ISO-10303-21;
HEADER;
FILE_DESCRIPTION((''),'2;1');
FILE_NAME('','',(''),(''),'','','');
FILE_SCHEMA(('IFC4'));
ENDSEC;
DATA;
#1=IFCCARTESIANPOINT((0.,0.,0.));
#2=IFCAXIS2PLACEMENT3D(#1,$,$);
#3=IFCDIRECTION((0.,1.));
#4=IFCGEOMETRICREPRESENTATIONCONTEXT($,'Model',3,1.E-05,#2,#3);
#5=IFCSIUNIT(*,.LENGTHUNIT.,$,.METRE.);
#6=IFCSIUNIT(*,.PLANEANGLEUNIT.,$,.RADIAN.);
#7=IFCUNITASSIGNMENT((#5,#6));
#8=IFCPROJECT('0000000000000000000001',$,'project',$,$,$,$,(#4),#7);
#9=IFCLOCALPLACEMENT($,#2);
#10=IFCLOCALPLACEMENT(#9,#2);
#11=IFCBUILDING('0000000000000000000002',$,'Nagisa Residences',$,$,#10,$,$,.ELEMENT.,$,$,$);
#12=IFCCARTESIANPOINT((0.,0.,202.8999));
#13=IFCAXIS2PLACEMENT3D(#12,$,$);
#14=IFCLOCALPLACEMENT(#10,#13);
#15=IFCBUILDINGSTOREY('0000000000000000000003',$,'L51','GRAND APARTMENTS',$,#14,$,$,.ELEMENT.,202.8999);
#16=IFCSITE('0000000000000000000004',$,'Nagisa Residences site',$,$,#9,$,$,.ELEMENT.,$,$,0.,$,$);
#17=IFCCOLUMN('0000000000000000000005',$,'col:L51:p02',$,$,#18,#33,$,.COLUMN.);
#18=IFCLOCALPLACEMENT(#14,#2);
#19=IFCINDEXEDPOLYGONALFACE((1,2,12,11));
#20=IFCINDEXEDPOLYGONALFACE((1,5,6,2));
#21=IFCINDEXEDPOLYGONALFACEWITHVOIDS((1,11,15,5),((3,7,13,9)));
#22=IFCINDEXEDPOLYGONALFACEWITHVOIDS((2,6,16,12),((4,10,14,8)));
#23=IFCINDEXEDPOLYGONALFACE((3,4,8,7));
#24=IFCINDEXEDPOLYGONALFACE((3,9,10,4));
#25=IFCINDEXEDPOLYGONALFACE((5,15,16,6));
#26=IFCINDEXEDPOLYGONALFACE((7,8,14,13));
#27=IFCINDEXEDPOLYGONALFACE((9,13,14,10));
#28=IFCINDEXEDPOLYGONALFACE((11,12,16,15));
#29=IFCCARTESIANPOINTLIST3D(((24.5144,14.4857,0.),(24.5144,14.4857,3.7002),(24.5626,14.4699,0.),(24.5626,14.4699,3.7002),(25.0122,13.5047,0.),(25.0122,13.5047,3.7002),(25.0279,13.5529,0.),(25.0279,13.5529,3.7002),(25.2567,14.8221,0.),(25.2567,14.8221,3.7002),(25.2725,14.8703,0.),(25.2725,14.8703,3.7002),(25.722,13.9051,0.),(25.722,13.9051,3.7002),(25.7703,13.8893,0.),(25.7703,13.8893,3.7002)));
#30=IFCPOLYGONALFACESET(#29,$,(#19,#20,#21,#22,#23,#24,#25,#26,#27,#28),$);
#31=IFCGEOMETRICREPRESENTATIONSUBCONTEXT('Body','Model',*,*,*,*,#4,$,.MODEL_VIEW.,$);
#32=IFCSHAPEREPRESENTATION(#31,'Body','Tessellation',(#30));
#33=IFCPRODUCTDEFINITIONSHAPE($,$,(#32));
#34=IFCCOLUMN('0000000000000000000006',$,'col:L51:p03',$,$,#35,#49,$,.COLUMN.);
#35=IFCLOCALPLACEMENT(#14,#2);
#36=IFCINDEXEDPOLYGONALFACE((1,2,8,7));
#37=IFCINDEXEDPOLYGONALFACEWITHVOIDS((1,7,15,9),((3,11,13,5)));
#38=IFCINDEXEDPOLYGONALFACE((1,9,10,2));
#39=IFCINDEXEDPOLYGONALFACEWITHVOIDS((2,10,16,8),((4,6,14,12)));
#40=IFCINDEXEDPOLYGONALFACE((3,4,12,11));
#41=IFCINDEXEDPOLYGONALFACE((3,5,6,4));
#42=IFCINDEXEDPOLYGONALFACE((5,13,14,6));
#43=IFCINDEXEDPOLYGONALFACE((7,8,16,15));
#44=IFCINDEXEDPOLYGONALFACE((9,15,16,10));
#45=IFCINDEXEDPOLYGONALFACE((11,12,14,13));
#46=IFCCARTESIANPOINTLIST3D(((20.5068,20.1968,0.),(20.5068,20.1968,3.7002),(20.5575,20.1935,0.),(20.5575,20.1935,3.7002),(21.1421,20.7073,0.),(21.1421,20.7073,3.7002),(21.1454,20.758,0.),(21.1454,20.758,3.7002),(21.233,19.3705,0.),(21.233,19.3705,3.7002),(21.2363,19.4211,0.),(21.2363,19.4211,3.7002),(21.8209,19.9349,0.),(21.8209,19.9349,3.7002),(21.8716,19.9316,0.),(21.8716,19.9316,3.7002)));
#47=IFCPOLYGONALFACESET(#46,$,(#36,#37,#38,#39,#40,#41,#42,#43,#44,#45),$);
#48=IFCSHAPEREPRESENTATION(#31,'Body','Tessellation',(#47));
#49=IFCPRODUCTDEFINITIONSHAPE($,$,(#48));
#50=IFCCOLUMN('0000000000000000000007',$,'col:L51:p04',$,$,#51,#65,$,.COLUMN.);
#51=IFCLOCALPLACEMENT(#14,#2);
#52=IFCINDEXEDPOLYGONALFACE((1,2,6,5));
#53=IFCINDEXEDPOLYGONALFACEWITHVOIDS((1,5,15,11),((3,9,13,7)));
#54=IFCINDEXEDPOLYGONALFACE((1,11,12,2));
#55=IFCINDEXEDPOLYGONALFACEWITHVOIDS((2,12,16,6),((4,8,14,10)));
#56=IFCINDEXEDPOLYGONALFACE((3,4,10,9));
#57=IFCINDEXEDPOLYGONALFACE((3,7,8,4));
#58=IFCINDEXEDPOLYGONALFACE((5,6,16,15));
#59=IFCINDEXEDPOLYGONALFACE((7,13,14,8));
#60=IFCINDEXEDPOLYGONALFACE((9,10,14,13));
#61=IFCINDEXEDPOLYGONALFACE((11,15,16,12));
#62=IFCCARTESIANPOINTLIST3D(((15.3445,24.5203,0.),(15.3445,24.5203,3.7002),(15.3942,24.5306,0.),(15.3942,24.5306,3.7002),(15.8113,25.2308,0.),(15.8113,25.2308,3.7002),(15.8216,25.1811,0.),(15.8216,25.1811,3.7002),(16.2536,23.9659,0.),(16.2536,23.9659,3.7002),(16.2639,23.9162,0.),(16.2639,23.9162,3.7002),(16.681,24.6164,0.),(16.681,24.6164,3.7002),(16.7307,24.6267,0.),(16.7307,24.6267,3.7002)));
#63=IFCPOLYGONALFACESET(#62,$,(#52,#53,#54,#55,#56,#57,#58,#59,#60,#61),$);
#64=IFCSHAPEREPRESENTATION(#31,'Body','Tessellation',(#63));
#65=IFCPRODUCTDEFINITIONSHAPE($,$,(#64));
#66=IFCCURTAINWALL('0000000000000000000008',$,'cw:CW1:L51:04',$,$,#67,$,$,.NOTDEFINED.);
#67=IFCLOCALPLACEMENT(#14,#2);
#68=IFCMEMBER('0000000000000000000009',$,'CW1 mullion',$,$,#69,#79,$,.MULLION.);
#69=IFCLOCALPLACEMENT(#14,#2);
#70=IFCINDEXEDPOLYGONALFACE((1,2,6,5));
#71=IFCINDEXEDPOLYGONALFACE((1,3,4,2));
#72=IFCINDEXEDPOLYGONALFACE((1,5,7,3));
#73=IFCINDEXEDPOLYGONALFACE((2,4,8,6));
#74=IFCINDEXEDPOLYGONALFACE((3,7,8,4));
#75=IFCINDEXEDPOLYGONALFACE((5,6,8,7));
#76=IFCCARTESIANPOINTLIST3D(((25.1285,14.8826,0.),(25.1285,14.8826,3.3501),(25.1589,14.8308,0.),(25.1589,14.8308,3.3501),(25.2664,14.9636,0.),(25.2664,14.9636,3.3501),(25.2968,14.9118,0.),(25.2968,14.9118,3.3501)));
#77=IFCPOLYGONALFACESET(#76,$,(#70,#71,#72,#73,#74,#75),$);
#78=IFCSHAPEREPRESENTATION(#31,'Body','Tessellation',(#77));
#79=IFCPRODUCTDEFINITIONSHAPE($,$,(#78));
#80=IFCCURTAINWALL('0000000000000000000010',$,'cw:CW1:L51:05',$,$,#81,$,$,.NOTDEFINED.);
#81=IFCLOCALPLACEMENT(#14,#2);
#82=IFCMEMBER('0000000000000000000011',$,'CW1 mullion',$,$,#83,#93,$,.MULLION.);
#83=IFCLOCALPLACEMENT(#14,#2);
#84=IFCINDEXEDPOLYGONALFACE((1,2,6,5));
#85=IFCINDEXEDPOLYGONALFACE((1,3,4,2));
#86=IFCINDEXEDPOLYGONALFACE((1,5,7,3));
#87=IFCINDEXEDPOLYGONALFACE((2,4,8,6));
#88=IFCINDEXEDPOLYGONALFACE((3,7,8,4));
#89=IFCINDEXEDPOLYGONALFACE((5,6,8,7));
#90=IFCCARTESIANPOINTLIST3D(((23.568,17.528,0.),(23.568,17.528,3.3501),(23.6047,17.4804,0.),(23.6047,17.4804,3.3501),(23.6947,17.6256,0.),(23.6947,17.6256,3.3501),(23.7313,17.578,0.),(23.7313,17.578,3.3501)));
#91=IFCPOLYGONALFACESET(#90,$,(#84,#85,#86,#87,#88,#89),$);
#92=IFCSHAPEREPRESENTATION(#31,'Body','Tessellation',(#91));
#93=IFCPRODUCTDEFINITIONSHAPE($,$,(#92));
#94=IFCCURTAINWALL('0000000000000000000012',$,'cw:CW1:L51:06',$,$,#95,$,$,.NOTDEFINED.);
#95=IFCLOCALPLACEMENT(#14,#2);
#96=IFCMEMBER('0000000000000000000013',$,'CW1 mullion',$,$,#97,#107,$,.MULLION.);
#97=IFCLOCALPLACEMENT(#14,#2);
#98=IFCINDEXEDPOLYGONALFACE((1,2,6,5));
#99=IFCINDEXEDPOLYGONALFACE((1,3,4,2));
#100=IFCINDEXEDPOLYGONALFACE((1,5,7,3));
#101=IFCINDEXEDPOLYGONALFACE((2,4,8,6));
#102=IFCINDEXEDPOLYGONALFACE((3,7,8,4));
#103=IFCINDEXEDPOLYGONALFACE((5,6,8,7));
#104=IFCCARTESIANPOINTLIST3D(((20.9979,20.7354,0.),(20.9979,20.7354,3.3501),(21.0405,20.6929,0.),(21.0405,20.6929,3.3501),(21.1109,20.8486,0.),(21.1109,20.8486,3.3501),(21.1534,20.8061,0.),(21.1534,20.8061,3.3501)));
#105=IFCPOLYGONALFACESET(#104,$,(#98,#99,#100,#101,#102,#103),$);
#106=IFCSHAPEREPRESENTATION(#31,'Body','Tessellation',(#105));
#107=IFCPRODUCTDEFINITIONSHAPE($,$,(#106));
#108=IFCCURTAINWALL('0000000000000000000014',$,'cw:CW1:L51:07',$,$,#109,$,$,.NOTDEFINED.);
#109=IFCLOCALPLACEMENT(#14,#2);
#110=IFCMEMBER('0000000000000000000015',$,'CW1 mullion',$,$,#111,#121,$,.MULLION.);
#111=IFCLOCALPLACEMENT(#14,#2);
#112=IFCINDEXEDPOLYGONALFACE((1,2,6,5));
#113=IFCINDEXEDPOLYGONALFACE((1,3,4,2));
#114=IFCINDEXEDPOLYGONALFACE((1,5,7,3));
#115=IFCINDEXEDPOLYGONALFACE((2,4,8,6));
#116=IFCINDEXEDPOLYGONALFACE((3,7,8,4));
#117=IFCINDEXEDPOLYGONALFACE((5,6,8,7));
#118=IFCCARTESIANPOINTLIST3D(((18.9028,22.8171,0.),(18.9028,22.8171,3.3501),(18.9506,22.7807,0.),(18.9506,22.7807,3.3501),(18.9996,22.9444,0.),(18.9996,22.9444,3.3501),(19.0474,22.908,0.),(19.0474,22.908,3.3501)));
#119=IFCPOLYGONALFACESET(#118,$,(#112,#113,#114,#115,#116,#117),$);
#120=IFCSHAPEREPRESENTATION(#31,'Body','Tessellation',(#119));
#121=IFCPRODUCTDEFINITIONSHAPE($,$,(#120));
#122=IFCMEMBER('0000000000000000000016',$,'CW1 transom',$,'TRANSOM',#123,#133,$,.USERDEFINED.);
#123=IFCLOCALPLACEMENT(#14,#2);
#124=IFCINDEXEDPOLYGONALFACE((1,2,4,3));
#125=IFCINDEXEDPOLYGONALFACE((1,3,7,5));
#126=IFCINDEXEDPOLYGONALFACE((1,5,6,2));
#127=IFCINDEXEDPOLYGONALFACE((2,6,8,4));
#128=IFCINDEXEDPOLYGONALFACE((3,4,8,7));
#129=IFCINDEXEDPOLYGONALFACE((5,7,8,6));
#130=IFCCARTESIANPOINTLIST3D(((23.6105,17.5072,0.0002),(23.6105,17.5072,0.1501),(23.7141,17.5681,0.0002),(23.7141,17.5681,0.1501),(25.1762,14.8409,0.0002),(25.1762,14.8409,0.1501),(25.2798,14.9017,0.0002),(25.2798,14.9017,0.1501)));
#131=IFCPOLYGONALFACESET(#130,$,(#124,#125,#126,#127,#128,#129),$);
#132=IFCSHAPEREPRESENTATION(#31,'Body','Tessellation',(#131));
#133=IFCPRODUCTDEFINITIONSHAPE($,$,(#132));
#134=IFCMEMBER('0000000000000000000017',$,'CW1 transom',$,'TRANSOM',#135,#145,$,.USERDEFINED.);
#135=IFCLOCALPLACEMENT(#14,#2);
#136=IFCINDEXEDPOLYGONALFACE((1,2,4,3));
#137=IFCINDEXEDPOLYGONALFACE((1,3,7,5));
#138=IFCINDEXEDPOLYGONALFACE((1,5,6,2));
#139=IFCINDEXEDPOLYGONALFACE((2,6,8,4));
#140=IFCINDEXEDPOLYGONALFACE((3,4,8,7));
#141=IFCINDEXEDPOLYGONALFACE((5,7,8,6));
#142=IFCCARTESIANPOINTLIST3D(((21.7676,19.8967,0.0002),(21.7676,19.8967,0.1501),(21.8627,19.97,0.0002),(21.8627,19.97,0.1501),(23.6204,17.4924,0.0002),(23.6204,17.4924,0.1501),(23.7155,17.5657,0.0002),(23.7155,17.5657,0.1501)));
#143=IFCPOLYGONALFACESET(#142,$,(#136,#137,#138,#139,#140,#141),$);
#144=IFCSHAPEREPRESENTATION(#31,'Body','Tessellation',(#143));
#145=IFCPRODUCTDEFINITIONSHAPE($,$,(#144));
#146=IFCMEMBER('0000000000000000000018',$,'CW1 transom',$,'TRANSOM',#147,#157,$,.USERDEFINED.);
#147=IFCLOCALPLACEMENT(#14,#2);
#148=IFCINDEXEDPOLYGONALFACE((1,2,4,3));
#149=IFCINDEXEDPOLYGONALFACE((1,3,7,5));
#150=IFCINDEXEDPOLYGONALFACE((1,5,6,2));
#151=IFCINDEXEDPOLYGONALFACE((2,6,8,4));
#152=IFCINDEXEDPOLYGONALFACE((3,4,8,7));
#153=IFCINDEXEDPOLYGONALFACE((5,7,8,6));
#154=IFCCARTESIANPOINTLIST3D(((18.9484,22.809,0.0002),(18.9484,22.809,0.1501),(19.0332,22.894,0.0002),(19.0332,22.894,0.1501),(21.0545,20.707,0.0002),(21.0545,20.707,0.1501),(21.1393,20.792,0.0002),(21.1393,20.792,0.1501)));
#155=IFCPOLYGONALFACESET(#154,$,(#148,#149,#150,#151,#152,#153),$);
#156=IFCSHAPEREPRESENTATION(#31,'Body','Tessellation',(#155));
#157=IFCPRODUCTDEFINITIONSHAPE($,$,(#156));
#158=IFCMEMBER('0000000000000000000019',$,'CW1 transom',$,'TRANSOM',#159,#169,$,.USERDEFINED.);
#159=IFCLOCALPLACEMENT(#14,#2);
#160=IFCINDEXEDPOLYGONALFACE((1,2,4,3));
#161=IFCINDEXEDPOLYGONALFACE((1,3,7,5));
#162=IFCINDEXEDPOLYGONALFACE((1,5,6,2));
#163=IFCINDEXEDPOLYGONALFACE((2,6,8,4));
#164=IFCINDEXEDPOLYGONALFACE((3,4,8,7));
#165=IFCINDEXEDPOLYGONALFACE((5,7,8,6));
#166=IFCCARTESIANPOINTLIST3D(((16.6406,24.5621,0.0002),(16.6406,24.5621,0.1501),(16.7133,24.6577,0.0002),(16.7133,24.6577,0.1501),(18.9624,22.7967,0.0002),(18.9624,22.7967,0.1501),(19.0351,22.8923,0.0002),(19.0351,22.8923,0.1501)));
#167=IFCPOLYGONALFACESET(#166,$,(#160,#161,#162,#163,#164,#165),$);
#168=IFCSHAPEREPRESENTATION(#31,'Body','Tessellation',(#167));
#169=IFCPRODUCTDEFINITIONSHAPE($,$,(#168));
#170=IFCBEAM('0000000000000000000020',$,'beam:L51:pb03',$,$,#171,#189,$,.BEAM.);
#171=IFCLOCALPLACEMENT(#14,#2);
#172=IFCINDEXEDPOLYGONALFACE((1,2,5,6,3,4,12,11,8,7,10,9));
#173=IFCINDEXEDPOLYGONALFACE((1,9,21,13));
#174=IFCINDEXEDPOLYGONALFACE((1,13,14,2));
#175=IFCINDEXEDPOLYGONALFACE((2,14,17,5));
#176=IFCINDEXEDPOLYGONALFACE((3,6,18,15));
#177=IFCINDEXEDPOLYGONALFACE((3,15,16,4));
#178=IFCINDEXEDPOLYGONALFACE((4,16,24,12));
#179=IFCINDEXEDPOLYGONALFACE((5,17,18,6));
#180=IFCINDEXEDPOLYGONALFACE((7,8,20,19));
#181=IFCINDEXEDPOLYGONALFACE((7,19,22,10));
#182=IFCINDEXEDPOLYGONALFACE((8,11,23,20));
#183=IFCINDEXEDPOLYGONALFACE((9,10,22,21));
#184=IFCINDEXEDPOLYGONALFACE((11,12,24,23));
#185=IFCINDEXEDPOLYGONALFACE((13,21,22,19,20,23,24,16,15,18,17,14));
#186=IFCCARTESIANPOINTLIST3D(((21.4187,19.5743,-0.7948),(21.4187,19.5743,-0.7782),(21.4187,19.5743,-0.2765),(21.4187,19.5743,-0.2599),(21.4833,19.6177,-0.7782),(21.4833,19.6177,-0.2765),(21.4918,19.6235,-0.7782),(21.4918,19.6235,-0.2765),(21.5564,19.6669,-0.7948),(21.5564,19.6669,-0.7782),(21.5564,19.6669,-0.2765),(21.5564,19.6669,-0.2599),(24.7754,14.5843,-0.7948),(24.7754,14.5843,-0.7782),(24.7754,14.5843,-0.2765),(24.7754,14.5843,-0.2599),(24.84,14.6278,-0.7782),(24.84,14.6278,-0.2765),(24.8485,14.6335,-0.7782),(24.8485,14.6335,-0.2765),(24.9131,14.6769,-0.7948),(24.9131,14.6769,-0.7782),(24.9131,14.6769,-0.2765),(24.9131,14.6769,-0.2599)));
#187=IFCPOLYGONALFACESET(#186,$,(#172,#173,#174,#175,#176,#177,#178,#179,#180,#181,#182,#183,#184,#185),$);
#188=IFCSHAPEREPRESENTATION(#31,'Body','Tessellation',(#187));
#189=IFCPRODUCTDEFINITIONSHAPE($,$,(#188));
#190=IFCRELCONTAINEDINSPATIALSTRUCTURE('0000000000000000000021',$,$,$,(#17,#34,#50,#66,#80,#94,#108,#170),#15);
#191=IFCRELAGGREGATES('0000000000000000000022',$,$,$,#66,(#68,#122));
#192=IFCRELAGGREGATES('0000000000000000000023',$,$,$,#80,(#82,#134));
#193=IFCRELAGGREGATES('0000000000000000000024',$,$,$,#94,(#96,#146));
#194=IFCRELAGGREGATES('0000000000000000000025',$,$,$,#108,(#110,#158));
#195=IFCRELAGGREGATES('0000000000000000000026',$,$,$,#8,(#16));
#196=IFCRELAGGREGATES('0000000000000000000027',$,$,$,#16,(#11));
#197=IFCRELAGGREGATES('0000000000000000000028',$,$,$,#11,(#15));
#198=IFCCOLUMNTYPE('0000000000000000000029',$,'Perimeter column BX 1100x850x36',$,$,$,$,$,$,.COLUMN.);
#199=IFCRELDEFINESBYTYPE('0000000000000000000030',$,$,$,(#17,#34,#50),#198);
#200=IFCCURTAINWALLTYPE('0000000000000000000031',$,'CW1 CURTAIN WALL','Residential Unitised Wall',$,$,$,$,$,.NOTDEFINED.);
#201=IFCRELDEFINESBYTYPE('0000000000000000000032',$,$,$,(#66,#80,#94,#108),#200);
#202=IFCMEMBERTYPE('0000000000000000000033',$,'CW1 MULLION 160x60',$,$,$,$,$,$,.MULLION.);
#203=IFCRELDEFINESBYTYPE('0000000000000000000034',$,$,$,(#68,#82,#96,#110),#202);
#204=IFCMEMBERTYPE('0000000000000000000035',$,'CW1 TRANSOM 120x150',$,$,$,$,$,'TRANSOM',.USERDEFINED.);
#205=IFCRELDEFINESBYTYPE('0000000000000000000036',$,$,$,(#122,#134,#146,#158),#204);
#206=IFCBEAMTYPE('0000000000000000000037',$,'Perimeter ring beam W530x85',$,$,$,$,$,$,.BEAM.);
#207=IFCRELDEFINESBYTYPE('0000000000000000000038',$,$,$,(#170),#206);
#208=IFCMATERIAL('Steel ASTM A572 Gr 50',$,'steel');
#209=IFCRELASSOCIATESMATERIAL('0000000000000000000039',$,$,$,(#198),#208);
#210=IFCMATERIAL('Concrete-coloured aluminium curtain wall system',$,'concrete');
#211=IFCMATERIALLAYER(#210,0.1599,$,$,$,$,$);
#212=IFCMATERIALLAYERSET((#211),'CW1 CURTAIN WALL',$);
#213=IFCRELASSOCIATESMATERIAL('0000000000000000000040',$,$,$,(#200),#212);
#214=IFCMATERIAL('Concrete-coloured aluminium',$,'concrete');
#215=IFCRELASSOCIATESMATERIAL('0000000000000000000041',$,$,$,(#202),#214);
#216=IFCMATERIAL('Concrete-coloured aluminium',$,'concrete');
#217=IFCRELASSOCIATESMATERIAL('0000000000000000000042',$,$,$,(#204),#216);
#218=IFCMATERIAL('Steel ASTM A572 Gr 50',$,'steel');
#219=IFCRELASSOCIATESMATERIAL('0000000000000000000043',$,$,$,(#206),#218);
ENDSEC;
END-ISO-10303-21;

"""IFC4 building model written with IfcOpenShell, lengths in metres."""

from ifc_helpers import new_model, si_unit, direction, frame, origin, origin_2d, place, context, subcontext, project, spatial, rectangle, hollow_rectangle, i_section, extrude, material, layer, layer_set, material_profile, profile_set, type_object, element, aggregate, save


model = new_model("IFC4")

# Units and contexts
model_context = context("Model", 3, precision=1e-05, world=origin(), true_north=direction((0.0, 1.0)))
body_context = subcontext(model_context, "Body", "Model", "MODEL_VIEW")
ifc_project = project(units=[si_unit("LENGTHUNIT", "METRE"), si_unit("PLANEANGLEUNIT", "RADIAN")], contexts=[model_context])

# Site, building, storey
site_placement = place(None, origin())
site = spatial("IfcSite", under=ifc_project, at=site_placement, Name="Nagisa Residences site", CompositionType="ELEMENT", RefElevation=0.0)
building_placement = place(site_placement, origin())
building = spatial("IfcBuilding", under=site, at=building_placement, Name="Nagisa Residences", CompositionType="ELEMENT")
storey_placement = place(building_placement, frame((0.0, 0.0, 202.8999)))
storey = spatial("IfcBuildingStorey", under=building, at=storey_placement, Name="L51", Description="GRAND APARTMENTS", CompositionType="ELEMENT", Elevation=202.8999)

# Columns
ifc_material_1 = material(Name="Steel ASTM A572 Gr 50", Category="steel")
ifc_material_profile_1 = material_profile(ifc_material_1, hollow_rectangle(XDim=1.1001, YDim=0.8501, WallThickness=0.0359, at=origin_2d()), Name="BX 1100x850x36")
ifc_profile_set_1 = profile_set([ifc_material_profile_1], Name="Steel ASTM A572 Gr 50")
column_type = type_object("IfcColumnType", Name="Perimeter column BX 1100x850x36", PredefinedType="COLUMN", material=ifc_profile_set_1)
for number, where, z_axis, x_axis, name in (
    (1, (25.1423, 14.1875, 0.0), (0.0, 0.0, 1.0), (-0.452463, 0.891783, 0.0), "col:L51:p02"),
    (2, (21.1892, 20.0642, 0.0), (0.0, 0.0, 1.0), (-0.660115, 0.751165, 0.0), "col:L51:p03"),
    (3, (16.0376, 24.5735, 0.0), (0.0, 0.0, 1.0), (-0.835766, 0.549086, 0.0), "col:L51:p04"),
):
    element("IfcColumn", number, at=place(storey_placement, frame(where, z_axis=z_axis, x_axis=x_axis)), inside=storey, type_object=column_type, Name=name, PredefinedType="COLUMN", context=body_context, shape_type="SweptSolid", body=[
        extrude(hollow_rectangle(XDim=1.1001, YDim=0.8501, WallThickness=0.0359, at=origin_2d()), origin(), (0.0, 0.0, 1.0), 3.7002),
    ])

# Curtain walls, members
ifc_material_2 = material(Name="Concrete-coloured aluminium curtain wall system", Category="concrete")
ifc_layer_1 = layer(ifc_material_2, 0.1599)
ifc_layer_set_1 = layer_set([ifc_layer_1], Name="CW1 CURTAIN WALL")
curtain_wall_type = type_object("IfcCurtainWallType", Name="CW1 CURTAIN WALL", Description="Residential Unitised Wall", PredefinedType="NOTDEFINED", material=ifc_layer_set_1)
curtain_wall_1_placement = place(storey_placement, origin())
curtain_wall_1 = element("IfcCurtainWall", 4, at=curtain_wall_1_placement, inside=storey, type_object=curtain_wall_type, Name="cw:CW1:L51:04", PredefinedType="NOTDEFINED")
ifc_material_3 = material(Name="Concrete-coloured aluminium", Category="concrete")
ifc_material_profile_2 = material_profile(ifc_material_3, rectangle(XDim=0.1599, YDim=0.0601, at=origin_2d()), Name="CW1 MULLION 160x60")
ifc_profile_set_2 = profile_set([ifc_material_profile_2], Name="Concrete-coloured aluminium")
member_type_1 = type_object("IfcMemberType", Name="CW1 MULLION 160x60", PredefinedType="MULLION", material=ifc_profile_set_2)
member_1_placement = place(storey_placement, frame((25.2126, 14.8972, 0.0), z_axis=(0.0, 0.0, 1.0), x_axis=(-0.862329, -0.506349, 0.0)))
member_1 = element("IfcMember", 5, at=member_1_placement, type_object=member_type_1, Name="CW1 mullion", PredefinedType="MULLION", context=body_context, shape_type="SweptSolid", body=[
    extrude(rectangle(XDim=0.1599, YDim=0.0601, at=origin_2d()), origin(), (0.0, 0.0, 1.0), 3.3501),
])
curtain_wall_2_placement = place(storey_placement, origin())
curtain_wall_2 = element("IfcCurtainWall", 6, at=curtain_wall_2_placement, inside=storey, type_object=curtain_wall_type, Name="cw:CW1:L51:05", PredefinedType="NOTDEFINED")
member_2_placement = place(storey_placement, frame((23.6497, 17.553, 0.0), z_axis=(0.0, 0.0, 1.0), x_axis=(-0.79207, -0.61043, 0.0)))
member_2 = element("IfcMember", 7, at=member_2_placement, type_object=member_type_1, Name="CW1 mullion", PredefinedType="MULLION", context=body_context, shape_type="SweptSolid", body=[
    extrude(rectangle(XDim=0.1599, YDim=0.0601, at=origin_2d()), origin(), (0.0, 0.0, 1.0), 3.3501),
])
curtain_wall_3_placement = place(storey_placement, origin())
curtain_wall_3 = element("IfcCurtainWall", 8, at=curtain_wall_3_placement, inside=storey, type_object=curtain_wall_type, Name="cw:CW1:L51:06", PredefinedType="NOTDEFINED")
member_3_placement = place(storey_placement, frame((21.0757, 20.7708, 0.0), z_axis=(0.0, 0.0, 1.0), x_axis=(-0.706377, -0.707836, 0.0)))
member_3 = element("IfcMember", 9, at=member_3_placement, type_object=member_type_1, Name="CW1 mullion", PredefinedType="MULLION", context=body_context, shape_type="SweptSolid", body=[
    extrude(rectangle(XDim=0.1599, YDim=0.0601, at=origin_2d()), origin(), (0.0, 0.0, 1.0), 3.3501),
])
curtain_wall_4_placement = place(storey_placement, origin())
curtain_wall_4 = element("IfcCurtainWall", 10, at=curtain_wall_4_placement, inside=storey, type_object=curtain_wall_type, Name="cw:CW1:L51:07", PredefinedType="NOTDEFINED")
member_4_placement = place(storey_placement, frame((18.9751, 22.8625, 0.0), z_axis=(0.0, 0.0, 1.0), x_axis=(-0.605255, -0.796031, 0.0)))
member_4 = element("IfcMember", 11, at=member_4_placement, type_object=member_type_1, Name="CW1 mullion", PredefinedType="MULLION", context=body_context, shape_type="SweptSolid", body=[
    extrude(rectangle(XDim=0.1599, YDim=0.0601, at=origin_2d()), origin(), (0.0, 0.0, 1.0), 3.3501),
])

# Members
ifc_material_4 = material(Name="Concrete-coloured aluminium", Category="concrete")
ifc_material_profile_3 = material_profile(ifc_material_4, rectangle(XDim=0.1201, YDim=0.1499, at=origin_2d()), Name="CW1 TRANSOM 120x150")
ifc_profile_set_3 = profile_set([ifc_material_profile_3], Name="Concrete-coloured aluminium")
member_type_2 = type_object("IfcMemberType", Name="CW1 TRANSOM 120x150", ElementType="TRANSOM", PredefinedType="USERDEFINED", material=ifc_profile_set_3)
member_5_placement = place(storey_placement, frame((25.228, 14.8713, 0.0752), z_axis=(-0.506368, 0.862318, 0.0), x_axis=(-0.862318, -0.506368, 0.0)))
member_5 = element("IfcMember", 12, at=member_5_placement, type_object=member_type_2, Name="CW1 transom", ObjectType="TRANSOM", PredefinedType="USERDEFINED", context=body_context, shape_type="SweptSolid", body=[
    extrude(rectangle(XDim=0.1201, YDim=0.1499, at=origin_2d()), origin(), (0.0, 0.0, 1.0), 3.092),
])
member_6_placement = place(storey_placement, frame((23.668, 17.5291, 0.0752), z_axis=(-0.610399, 0.792094, 0.0), x_axis=(-0.792094, -0.610399, 0.0)))
member_6 = element("IfcMember", 13, at=member_6_placement, type_object=member_type_2, Name="CW1 transom", ObjectType="TRANSOM", PredefinedType="USERDEFINED", context=body_context, shape_type="SweptSolid", body=[
    extrude(rectangle(XDim=0.1201, YDim=0.1499, at=origin_2d()), origin(), (0.0, 0.0, 1.0), 3.0354),
])
member_7_placement = place(storey_placement, frame((21.0969, 20.7495, 0.0752), z_axis=(-0.707804, 0.706409, 0.0), x_axis=(-0.706409, -0.707804, 0.0)))
member_7 = element("IfcMember", 14, at=member_7_placement, type_object=member_type_2, Name="CW1 transom", ObjectType="TRANSOM", PredefinedType="USERDEFINED", context=body_context, shape_type="SweptSolid", body=[
    extrude(rectangle(XDim=0.1201, YDim=0.1499, at=origin_2d()), origin(), (0.0, 0.0, 1.0), 2.9756),
])
member_8_placement = place(storey_placement, frame((18.9988, 22.8445, 0.0752), z_axis=(-0.796025, 0.605264, 0.0), x_axis=(-0.605264, -0.796025, 0.0)))
member_8 = element("IfcMember", 15, at=member_8_placement, type_object=member_type_2, Name="CW1 transom", ObjectType="TRANSOM", PredefinedType="USERDEFINED", context=body_context, shape_type="SweptSolid", body=[
    extrude(rectangle(XDim=0.1201, YDim=0.1499, at=origin_2d()), origin(), (0.0, 0.0, 1.0), 2.9167),
])

# Beam
ifc_material_5 = material(Name="Steel ASTM A572 Gr 50", Category="steel")
ifc_material_profile_4 = material_profile(ifc_material_5, i_section(OverallWidth=0.166, OverallDepth=0.5349, WebThickness=0.0103, FlangeThickness=0.0166, at=origin_2d()), Name="W530x85")
ifc_profile_set_4 = profile_set([ifc_material_profile_4], Name="Steel ASTM A572 Gr 50")
beam_type_1 = type_object("IfcBeamType", Name="Perimeter ring beam W530x85", PredefinedType="BEAM", material=ifc_profile_set_4)
beam_1_placement = place(storey_placement, frame((24.8442, 14.6306, -0.5273), z_axis=(-0.558152, 0.829739, 0.0), x_axis=(-0.829739, -0.558152, 0.0)))
element("IfcBeam", 16, at=beam_1_placement, inside=storey, type_object=beam_type_1, Name="beam:L51:pb03", PredefinedType="BEAM", context=body_context, shape_type="SweptSolid", body=[
    extrude(i_section(OverallWidth=0.166, OverallDepth=0.5349, WebThickness=0.0103, FlangeThickness=0.0166, at=origin_2d()), origin(), (0.0, 0.0, 1.0), 6.0139),
])

aggregate(curtain_wall_1, [member_1, member_5])
aggregate(curtain_wall_2, [member_2, member_6])
aggregate(curtain_wall_3, [member_3, member_7])
aggregate(curtain_wall_4, [member_4, member_8])

save(model, "model.ifc")
